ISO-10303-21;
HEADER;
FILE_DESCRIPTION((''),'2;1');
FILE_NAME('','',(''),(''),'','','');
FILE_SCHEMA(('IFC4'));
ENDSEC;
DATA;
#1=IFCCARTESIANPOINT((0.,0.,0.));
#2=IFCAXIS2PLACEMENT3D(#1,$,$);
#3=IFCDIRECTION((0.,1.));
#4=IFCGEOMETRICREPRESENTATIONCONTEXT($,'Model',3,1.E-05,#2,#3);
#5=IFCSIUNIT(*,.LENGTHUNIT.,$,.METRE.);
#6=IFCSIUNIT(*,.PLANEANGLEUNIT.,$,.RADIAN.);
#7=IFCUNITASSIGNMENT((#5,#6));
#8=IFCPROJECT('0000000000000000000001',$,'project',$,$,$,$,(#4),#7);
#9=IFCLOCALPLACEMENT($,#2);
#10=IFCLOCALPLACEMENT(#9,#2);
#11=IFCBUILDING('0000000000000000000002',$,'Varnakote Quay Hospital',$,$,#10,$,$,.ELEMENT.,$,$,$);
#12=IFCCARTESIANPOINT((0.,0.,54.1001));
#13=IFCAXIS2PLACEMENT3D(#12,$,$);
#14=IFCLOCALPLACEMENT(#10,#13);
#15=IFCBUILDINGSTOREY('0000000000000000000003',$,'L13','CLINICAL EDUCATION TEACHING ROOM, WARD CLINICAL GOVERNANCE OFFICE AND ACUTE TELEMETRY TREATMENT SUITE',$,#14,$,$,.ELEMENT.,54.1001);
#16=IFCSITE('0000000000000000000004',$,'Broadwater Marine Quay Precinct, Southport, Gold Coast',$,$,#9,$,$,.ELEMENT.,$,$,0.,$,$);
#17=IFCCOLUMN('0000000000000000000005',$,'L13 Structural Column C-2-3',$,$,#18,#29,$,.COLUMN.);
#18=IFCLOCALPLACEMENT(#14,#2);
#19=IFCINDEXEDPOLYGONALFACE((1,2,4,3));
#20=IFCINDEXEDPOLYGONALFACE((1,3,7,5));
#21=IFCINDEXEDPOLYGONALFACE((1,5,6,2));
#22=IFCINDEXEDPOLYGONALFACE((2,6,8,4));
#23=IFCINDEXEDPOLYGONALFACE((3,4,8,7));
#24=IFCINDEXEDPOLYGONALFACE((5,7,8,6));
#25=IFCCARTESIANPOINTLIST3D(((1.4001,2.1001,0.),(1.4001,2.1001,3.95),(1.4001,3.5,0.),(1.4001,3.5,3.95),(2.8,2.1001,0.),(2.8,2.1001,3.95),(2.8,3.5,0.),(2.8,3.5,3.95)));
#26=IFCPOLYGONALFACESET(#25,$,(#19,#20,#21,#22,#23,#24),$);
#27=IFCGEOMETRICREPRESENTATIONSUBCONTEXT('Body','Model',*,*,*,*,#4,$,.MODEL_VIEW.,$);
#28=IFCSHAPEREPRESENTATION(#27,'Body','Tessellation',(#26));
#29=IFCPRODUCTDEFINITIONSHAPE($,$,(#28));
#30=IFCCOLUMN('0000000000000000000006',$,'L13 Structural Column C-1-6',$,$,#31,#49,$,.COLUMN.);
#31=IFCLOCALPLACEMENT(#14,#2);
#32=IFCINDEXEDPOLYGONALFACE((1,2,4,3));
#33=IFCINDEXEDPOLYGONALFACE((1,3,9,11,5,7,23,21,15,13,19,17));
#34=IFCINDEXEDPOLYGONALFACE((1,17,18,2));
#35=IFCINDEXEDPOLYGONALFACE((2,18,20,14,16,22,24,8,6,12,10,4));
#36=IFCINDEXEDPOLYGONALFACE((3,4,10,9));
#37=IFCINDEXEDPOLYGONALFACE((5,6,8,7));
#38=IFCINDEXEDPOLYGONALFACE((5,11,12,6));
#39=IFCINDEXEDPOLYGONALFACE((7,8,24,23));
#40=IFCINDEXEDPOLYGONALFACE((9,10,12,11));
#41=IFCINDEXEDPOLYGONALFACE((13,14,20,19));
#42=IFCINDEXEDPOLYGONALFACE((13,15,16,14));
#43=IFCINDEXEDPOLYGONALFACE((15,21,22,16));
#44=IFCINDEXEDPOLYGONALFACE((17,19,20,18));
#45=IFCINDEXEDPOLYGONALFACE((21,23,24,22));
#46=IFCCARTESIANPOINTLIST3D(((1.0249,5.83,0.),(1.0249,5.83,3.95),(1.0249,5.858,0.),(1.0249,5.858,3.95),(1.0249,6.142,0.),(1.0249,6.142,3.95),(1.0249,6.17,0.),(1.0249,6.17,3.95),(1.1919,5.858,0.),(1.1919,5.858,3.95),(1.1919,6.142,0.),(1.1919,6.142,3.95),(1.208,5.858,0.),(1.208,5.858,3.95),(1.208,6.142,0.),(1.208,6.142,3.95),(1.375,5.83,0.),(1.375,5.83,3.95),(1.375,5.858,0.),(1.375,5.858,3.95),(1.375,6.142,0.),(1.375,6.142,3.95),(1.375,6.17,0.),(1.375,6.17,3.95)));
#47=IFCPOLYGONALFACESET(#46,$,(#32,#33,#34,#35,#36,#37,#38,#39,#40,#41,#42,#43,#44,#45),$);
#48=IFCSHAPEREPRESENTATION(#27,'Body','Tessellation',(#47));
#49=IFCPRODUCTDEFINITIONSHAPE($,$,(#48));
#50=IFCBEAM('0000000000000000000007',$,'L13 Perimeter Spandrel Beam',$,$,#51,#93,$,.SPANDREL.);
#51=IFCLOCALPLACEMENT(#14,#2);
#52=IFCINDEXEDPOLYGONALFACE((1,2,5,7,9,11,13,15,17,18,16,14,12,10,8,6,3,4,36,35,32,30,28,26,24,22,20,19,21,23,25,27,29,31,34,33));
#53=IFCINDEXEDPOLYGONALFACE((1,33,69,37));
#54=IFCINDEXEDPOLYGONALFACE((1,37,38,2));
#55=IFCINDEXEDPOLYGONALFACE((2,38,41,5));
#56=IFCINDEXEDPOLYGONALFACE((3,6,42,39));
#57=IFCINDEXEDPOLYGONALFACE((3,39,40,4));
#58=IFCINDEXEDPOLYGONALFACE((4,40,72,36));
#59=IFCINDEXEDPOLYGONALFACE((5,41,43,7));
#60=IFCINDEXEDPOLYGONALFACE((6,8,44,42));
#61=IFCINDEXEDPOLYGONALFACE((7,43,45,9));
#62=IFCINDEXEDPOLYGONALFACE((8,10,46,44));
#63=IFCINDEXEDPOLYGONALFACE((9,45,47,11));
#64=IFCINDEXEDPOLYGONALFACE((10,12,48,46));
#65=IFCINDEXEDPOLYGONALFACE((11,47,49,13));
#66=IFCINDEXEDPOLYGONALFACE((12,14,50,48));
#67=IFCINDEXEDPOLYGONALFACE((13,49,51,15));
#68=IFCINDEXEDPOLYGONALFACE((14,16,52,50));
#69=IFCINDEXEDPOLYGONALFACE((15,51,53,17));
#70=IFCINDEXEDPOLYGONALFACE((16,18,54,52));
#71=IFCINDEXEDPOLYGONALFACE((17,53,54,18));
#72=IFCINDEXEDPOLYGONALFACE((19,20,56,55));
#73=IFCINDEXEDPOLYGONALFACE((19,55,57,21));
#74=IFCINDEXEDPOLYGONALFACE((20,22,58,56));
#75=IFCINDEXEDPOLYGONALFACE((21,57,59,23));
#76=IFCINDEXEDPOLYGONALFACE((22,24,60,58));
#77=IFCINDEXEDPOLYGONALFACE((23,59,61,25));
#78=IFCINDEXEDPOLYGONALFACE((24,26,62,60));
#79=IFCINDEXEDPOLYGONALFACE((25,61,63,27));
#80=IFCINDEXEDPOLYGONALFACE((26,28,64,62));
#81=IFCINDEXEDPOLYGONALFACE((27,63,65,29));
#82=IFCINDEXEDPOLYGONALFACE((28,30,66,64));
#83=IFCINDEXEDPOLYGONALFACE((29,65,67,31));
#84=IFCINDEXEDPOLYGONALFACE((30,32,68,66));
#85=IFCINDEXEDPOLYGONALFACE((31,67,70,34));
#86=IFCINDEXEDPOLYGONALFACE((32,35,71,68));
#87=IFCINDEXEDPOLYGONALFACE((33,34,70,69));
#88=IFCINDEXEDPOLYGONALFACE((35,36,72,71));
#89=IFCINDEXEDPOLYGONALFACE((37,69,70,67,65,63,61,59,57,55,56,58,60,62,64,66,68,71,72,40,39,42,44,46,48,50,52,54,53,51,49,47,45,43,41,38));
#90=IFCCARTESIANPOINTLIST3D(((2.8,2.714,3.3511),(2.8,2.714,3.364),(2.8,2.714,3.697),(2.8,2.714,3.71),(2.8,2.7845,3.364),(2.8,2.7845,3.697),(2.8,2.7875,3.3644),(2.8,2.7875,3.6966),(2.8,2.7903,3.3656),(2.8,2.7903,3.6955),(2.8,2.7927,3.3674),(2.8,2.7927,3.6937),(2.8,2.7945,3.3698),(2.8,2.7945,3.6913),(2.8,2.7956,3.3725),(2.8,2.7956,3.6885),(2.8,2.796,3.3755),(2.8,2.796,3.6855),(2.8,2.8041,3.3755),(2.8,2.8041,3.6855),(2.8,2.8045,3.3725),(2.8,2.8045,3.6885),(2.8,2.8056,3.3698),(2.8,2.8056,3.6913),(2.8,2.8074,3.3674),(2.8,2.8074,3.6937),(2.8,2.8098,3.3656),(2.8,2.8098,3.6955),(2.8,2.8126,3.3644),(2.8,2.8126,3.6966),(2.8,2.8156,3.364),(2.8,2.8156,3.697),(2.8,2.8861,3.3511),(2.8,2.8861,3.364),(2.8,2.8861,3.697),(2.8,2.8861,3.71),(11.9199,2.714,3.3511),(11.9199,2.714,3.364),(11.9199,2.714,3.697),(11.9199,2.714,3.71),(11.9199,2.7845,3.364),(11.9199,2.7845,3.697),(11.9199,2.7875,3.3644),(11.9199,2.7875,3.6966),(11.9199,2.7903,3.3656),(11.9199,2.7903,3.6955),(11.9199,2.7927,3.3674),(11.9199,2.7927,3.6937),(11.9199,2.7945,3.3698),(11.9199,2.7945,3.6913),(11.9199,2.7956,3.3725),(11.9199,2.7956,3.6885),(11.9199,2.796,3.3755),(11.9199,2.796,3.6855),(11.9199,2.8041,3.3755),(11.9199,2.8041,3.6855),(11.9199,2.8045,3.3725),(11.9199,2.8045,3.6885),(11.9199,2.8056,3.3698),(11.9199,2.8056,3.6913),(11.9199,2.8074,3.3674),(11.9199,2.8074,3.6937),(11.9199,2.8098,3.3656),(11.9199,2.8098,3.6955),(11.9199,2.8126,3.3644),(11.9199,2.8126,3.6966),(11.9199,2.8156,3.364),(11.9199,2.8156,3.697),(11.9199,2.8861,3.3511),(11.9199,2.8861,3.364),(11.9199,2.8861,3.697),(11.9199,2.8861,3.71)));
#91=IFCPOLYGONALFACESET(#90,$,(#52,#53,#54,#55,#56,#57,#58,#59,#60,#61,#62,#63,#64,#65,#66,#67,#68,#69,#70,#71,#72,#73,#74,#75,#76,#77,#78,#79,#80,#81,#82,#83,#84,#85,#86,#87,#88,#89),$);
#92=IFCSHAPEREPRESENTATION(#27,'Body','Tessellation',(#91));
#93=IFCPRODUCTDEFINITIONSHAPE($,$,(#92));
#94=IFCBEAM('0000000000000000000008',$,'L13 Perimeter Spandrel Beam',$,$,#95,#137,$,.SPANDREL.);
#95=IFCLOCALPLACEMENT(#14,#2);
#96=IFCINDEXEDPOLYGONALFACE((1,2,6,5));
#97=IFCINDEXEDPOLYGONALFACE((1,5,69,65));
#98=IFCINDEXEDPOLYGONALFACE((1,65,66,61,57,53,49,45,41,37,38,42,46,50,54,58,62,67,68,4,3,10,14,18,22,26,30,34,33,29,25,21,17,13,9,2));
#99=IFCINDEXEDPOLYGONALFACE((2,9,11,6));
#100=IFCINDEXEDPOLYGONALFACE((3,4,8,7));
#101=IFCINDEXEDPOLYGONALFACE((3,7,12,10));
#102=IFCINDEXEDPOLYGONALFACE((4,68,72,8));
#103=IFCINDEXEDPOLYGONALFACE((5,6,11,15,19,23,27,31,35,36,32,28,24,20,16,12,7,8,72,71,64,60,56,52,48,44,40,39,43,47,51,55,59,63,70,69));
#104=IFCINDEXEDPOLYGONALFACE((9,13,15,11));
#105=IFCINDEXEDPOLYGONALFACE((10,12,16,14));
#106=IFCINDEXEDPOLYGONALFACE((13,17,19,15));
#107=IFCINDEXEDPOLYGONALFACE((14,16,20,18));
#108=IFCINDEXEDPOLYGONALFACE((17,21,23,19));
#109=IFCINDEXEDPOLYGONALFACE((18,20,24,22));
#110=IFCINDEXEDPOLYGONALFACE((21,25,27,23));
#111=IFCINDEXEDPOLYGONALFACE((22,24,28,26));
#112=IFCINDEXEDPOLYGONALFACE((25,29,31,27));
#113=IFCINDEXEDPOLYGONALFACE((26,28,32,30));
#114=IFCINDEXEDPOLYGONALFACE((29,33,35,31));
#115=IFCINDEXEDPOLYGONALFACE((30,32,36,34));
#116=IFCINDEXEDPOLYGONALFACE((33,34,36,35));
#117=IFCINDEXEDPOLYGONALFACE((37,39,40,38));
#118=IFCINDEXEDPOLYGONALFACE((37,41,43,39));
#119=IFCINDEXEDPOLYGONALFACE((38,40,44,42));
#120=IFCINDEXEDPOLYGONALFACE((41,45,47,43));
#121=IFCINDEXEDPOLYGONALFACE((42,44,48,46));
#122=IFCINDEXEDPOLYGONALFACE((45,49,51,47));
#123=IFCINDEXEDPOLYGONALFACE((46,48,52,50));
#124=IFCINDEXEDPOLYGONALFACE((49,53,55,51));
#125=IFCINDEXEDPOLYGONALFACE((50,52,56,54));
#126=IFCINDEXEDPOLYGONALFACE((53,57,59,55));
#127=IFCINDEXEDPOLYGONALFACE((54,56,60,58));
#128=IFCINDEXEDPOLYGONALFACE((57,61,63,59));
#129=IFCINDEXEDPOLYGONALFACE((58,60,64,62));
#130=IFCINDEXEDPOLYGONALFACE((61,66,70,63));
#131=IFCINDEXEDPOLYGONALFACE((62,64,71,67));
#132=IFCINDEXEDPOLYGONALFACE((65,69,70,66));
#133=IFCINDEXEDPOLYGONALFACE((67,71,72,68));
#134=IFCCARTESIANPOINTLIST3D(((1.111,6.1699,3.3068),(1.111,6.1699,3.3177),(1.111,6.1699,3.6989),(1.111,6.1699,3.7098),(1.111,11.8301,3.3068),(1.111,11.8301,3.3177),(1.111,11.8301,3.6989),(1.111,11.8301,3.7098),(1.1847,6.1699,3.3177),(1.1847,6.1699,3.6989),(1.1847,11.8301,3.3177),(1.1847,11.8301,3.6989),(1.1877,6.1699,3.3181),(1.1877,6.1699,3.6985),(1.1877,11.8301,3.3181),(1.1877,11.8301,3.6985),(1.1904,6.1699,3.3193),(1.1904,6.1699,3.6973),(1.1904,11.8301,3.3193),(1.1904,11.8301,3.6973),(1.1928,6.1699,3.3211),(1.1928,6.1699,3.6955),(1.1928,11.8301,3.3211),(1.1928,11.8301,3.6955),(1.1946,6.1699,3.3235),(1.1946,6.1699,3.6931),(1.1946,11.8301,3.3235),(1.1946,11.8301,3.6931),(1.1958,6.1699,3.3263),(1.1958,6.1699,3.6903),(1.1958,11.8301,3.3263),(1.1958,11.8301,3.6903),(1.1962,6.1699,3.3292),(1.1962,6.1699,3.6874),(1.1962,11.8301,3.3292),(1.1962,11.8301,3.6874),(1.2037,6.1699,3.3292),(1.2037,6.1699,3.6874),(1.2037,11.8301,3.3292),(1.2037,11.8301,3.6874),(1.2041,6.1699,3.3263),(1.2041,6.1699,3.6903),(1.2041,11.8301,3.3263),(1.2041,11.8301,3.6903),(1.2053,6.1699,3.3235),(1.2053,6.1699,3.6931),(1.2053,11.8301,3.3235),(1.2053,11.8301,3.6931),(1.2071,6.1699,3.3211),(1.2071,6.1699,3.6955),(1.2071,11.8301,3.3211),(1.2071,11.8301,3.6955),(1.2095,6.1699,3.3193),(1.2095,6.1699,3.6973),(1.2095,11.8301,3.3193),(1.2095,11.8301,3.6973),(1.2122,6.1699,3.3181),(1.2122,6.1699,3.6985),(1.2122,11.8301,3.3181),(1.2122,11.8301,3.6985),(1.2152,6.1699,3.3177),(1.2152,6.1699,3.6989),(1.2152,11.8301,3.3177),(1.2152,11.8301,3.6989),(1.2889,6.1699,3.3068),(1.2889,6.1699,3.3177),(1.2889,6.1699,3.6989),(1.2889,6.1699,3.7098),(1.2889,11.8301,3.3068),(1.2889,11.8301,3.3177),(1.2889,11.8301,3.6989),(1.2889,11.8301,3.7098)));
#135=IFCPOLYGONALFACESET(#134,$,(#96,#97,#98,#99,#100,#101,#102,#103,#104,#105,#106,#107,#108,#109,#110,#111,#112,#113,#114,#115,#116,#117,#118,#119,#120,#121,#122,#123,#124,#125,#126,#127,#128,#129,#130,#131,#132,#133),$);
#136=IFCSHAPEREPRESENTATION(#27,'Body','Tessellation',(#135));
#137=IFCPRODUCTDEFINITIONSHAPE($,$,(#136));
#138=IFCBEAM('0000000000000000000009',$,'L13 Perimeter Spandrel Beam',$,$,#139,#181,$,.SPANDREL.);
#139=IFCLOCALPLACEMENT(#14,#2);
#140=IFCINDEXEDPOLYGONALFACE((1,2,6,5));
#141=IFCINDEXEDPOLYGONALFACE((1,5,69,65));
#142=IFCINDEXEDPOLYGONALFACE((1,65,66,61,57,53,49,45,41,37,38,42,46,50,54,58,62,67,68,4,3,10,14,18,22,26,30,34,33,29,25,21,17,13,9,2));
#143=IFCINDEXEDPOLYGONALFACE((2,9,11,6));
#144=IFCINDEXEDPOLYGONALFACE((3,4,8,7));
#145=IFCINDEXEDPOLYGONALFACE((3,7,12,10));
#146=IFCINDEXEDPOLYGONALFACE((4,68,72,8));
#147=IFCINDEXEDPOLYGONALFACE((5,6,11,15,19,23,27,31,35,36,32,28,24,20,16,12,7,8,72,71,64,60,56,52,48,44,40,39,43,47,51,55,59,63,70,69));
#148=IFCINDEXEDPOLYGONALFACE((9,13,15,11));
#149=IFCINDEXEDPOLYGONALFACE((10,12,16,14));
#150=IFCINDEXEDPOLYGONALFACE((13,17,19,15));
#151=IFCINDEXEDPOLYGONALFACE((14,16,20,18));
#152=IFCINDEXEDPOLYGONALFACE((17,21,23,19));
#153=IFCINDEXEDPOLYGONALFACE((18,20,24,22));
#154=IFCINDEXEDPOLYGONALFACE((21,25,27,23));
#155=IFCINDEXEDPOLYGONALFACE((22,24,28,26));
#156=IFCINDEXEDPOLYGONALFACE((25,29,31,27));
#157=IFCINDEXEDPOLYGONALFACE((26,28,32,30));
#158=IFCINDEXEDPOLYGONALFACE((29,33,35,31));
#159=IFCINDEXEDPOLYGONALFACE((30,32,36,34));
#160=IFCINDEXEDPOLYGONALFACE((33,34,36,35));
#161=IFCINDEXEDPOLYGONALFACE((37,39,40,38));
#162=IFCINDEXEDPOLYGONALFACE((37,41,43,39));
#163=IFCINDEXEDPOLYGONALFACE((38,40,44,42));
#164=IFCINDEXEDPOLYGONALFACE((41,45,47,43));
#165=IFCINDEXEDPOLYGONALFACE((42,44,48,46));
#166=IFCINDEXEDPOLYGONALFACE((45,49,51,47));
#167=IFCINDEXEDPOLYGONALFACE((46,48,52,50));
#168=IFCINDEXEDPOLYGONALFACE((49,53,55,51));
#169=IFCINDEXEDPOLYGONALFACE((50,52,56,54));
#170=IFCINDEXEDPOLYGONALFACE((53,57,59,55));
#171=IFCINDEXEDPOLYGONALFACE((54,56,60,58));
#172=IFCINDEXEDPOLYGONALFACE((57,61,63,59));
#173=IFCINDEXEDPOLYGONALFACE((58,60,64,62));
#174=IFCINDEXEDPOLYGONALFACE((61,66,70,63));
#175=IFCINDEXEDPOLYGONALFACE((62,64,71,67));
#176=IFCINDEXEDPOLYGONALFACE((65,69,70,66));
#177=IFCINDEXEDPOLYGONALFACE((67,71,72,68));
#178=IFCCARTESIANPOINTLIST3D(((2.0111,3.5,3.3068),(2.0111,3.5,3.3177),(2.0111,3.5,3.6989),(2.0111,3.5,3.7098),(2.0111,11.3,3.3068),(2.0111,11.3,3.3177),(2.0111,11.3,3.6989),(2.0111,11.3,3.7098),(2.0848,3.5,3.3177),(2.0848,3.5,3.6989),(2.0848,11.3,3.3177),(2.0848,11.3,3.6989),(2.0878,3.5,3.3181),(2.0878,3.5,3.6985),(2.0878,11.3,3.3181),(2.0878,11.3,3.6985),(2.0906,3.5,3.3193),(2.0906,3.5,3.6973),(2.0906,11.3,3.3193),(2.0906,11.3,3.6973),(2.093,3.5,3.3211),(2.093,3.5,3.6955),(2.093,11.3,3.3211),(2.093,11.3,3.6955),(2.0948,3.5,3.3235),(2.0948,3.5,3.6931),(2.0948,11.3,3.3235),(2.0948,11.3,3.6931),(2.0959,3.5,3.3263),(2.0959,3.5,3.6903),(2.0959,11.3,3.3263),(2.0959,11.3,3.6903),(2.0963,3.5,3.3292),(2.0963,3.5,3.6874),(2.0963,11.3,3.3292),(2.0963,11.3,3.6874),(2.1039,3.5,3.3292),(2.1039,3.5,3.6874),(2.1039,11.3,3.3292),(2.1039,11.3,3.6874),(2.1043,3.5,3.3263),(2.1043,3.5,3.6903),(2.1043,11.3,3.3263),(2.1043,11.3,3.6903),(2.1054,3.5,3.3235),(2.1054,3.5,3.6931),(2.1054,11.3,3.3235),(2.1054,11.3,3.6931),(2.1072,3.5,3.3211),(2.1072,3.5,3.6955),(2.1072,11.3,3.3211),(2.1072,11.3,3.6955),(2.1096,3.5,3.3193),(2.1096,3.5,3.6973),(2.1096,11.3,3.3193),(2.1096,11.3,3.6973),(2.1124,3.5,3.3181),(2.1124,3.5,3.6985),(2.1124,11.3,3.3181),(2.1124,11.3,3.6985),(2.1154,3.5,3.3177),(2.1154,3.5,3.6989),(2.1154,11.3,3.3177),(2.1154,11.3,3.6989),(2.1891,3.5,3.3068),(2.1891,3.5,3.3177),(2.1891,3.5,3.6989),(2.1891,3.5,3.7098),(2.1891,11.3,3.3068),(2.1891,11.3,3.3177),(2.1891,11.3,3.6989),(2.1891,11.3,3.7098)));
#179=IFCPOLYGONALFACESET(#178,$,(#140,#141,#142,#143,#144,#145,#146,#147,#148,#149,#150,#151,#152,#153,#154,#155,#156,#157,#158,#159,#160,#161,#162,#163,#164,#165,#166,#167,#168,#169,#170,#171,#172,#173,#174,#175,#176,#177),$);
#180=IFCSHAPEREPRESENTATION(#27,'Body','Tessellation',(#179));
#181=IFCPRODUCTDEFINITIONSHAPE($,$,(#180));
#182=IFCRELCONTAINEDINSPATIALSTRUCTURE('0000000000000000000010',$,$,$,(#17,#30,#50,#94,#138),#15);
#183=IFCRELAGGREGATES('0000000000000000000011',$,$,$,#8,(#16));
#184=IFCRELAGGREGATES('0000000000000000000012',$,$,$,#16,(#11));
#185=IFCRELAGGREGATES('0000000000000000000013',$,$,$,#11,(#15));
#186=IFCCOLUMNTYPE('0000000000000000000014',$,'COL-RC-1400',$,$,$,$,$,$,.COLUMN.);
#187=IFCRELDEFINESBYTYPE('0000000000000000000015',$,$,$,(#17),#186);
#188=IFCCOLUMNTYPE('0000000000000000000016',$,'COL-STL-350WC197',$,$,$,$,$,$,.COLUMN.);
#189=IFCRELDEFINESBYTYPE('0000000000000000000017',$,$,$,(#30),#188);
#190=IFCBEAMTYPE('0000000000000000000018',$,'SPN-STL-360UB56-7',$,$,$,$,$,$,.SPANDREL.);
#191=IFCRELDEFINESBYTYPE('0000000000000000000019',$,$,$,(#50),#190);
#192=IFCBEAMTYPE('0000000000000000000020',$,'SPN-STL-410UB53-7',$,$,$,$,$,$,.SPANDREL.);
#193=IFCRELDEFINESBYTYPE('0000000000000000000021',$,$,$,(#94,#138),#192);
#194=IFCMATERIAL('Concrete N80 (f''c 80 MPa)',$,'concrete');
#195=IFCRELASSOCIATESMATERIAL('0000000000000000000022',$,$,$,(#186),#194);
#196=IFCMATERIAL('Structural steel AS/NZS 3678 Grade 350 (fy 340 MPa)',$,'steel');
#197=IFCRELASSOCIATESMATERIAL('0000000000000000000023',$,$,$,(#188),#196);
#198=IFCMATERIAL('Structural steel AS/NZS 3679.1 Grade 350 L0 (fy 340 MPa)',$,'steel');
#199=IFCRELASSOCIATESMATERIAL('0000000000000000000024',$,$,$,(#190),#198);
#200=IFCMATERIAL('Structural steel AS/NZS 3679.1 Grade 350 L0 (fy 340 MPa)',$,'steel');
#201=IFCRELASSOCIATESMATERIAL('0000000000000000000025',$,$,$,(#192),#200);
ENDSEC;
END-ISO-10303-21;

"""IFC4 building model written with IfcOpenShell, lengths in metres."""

from ifc_helpers import new_model, si_unit, direction, frame, origin, origin_2d, place, context, subcontext, project, spatial, rectangle, i_section, extrude, material, material_profile, profile_set, type_object, element, save


model = new_model("IFC4")

# Units and contexts
model_context = context("Model", 3, precision=1e-05, world=origin(), true_north=direction((0.0, 1.0)))
body_context = subcontext(model_context, "Body", "Model", "MODEL_VIEW")
ifc_project = project(units=[si_unit("LENGTHUNIT", "METRE"), si_unit("PLANEANGLEUNIT", "RADIAN")], contexts=[model_context])

# Site, building, storey
site_placement = place(None, origin())
site = spatial("IfcSite", under=ifc_project, at=site_placement, Name="Broadwater Marine Quay Precinct, Southport, Gold Coast", CompositionType="ELEMENT", RefElevation=0.0)
building_placement = place(site_placement, origin())
building = spatial("IfcBuilding", under=site, at=building_placement, Name="Varnakote Quay Hospital", CompositionType="ELEMENT")
storey_placement = place(building_placement, frame((0.0, 0.0, 54.1001)))
storey = spatial("IfcBuildingStorey", under=building, at=storey_placement, Name="L13", Description="CLINICAL EDUCATION TEACHING ROOM, WARD CLINICAL GOVERNANCE OFFICE AND ACUTE TELEMETRY TREATMENT SUITE", CompositionType="ELEMENT", Elevation=54.1001)

# Columns
ifc_material_1 = material(Name="Concrete N80 (f'c 80 MPa)", Category="concrete")
ifc_material_profile_1 = material_profile(ifc_material_1, rectangle(XDim=1.3999, YDim=1.3999, at=origin_2d()), Name="RC-COL-1400x1400")
ifc_profile_set_1 = profile_set([ifc_material_profile_1], Name="Concrete N80 (f'c 80 MPa)")
column_type_1 = type_object("IfcColumnType", Name="COL-RC-1400", PredefinedType="COLUMN", material=ifc_profile_set_1)
column_1_placement = place(storey_placement, frame((2.1001, 2.8, 0.0), z_axis=(0.0, 0.0, 1.0), x_axis=(1.0, 0.0, 0.0)))
element("IfcColumn", 1, at=column_1_placement, inside=storey, type_object=column_type_1, Name="L13 Structural Column C-2-3", PredefinedType="COLUMN", context=body_context, shape_type="SweptSolid", body=[
    extrude(rectangle(XDim=1.3999, YDim=1.3999, at=origin_2d()), origin(), (0.0, 0.0, 1.0), 3.95),
])
ifc_material_2 = material(Name="Structural steel AS/NZS 3678 Grade 350 (fy 340 MPa)", Category="steel")
ifc_material_profile_2 = material_profile(ifc_material_2, i_section(OverallWidth=0.3501, OverallDepth=0.3401, WebThickness=0.0161, FlangeThickness=0.0281, at=origin_2d()), Name="350WC197")
ifc_profile_set_2 = profile_set([ifc_material_profile_2], Name="Structural steel AS/NZS 3678 Grade 350 (fy 340 MPa)")
column_type_2 = type_object("IfcColumnType", Name="COL-STL-350WC197", PredefinedType="COLUMN", material=ifc_profile_set_2)
column_2_placement = place(storey_placement, frame((1.2, 6.0, 0.0), z_axis=(0.0, 0.0, 1.0), x_axis=(1.0, 0.0, 0.0)))
element("IfcColumn", 2, at=column_2_placement, inside=storey, type_object=column_type_2, Name="L13 Structural Column C-1-6", PredefinedType="COLUMN", context=body_context, shape_type="SweptSolid", body=[
    extrude(i_section(OverallWidth=0.3501, OverallDepth=0.3401, WebThickness=0.0161, FlangeThickness=0.0281, at=origin_2d()), origin(), (0.0, 0.0, 1.0), 3.95),
])

# Beams
ifc_material_3 = material(Name="Structural steel AS/NZS 3679.1 Grade 350 L0 (fy 340 MPa)", Category="steel")
ifc_material_profile_3 = material_profile(ifc_material_3, i_section(OverallWidth=0.1721, OverallDepth=0.3589, WebThickness=0.0081, FlangeThickness=0.0129, FilletRadius=0.0115, at=origin_2d()), Name="360UB56.7")
ifc_profile_set_3 = profile_set([ifc_material_profile_3], Name="Structural steel AS/NZS 3679.1 Grade 350 L0 (fy 340 MPa)")
beam_type_1 = type_object("IfcBeamType", Name="SPN-STL-360UB56-7", PredefinedType="SPANDREL", material=ifc_profile_set_3)
beam_1_placement = place(storey_placement, frame((2.8, 2.8, 3.5305), z_axis=(1.0, 0.0, 0.0), x_axis=(0.0, 1.0, 0.0)))
element("IfcBeam", 3, at=beam_1_placement, inside=storey, type_object=beam_type_1, Name="L13 Perimeter Spandrel Beam", PredefinedType="SPANDREL", context=body_context, shape_type="SweptSolid", body=[
    extrude(i_section(OverallWidth=0.1721, OverallDepth=0.3589, WebThickness=0.0081, FlangeThickness=0.0129, FilletRadius=0.0115, at=origin_2d()), origin(), (0.0, 0.0, 1.0), 9.1199),
])
ifc_material_4 = material(Name="Structural steel AS/NZS 3679.1 Grade 350 L0 (fy 340 MPa)", Category="steel")
ifc_material_profile_4 = material_profile(ifc_material_4, i_section(OverallWidth=0.178, OverallDepth=0.4031, WebThickness=0.0076, FlangeThickness=0.011, FilletRadius=0.0115, at=origin_2d()), Name="410UB53.7")
ifc_profile_set_4 = profile_set([ifc_material_profile_4], Name="Structural steel AS/NZS 3679.1 Grade 350 L0 (fy 340 MPa)")
beam_type_2 = type_object("IfcBeamType", Name="SPN-STL-410UB53-7", PredefinedType="SPANDREL", material=ifc_profile_set_4)
beam_2_placement = place(storey_placement, frame((1.2, 6.1699, 3.5083), z_axis=(0.0, 1.0, 0.0), x_axis=(-1.0, 0.0, 0.0)))
element("IfcBeam", 4, at=beam_2_placement, inside=storey, type_object=beam_type_2, Name="L13 Perimeter Spandrel Beam", PredefinedType="SPANDREL", context=body_context, shape_type="SweptSolid", body=[
    extrude(i_section(OverallWidth=0.178, OverallDepth=0.4031, WebThickness=0.0076, FlangeThickness=0.011, FilletRadius=0.0115, at=origin_2d()), origin(), (0.0, 0.0, 1.0), 5.6602),
])
beam_3_placement = place(storey_placement, frame((2.1001, 3.5, 3.5083), z_axis=(0.0, 1.0, 0.0), x_axis=(-1.0, 0.0, 0.0)))
element("IfcBeam", 5, at=beam_3_placement, inside=storey, type_object=beam_type_2, Name="L13 Perimeter Spandrel Beam", PredefinedType="SPANDREL", context=body_context, shape_type="SweptSolid", body=[
    extrude(i_section(OverallWidth=0.178, OverallDepth=0.4031, WebThickness=0.0076, FlangeThickness=0.011, FilletRadius=0.0115, at=origin_2d()), origin(), (0.0, 0.0, 1.0), 7.8),
])

save(model, "model.ifc")
